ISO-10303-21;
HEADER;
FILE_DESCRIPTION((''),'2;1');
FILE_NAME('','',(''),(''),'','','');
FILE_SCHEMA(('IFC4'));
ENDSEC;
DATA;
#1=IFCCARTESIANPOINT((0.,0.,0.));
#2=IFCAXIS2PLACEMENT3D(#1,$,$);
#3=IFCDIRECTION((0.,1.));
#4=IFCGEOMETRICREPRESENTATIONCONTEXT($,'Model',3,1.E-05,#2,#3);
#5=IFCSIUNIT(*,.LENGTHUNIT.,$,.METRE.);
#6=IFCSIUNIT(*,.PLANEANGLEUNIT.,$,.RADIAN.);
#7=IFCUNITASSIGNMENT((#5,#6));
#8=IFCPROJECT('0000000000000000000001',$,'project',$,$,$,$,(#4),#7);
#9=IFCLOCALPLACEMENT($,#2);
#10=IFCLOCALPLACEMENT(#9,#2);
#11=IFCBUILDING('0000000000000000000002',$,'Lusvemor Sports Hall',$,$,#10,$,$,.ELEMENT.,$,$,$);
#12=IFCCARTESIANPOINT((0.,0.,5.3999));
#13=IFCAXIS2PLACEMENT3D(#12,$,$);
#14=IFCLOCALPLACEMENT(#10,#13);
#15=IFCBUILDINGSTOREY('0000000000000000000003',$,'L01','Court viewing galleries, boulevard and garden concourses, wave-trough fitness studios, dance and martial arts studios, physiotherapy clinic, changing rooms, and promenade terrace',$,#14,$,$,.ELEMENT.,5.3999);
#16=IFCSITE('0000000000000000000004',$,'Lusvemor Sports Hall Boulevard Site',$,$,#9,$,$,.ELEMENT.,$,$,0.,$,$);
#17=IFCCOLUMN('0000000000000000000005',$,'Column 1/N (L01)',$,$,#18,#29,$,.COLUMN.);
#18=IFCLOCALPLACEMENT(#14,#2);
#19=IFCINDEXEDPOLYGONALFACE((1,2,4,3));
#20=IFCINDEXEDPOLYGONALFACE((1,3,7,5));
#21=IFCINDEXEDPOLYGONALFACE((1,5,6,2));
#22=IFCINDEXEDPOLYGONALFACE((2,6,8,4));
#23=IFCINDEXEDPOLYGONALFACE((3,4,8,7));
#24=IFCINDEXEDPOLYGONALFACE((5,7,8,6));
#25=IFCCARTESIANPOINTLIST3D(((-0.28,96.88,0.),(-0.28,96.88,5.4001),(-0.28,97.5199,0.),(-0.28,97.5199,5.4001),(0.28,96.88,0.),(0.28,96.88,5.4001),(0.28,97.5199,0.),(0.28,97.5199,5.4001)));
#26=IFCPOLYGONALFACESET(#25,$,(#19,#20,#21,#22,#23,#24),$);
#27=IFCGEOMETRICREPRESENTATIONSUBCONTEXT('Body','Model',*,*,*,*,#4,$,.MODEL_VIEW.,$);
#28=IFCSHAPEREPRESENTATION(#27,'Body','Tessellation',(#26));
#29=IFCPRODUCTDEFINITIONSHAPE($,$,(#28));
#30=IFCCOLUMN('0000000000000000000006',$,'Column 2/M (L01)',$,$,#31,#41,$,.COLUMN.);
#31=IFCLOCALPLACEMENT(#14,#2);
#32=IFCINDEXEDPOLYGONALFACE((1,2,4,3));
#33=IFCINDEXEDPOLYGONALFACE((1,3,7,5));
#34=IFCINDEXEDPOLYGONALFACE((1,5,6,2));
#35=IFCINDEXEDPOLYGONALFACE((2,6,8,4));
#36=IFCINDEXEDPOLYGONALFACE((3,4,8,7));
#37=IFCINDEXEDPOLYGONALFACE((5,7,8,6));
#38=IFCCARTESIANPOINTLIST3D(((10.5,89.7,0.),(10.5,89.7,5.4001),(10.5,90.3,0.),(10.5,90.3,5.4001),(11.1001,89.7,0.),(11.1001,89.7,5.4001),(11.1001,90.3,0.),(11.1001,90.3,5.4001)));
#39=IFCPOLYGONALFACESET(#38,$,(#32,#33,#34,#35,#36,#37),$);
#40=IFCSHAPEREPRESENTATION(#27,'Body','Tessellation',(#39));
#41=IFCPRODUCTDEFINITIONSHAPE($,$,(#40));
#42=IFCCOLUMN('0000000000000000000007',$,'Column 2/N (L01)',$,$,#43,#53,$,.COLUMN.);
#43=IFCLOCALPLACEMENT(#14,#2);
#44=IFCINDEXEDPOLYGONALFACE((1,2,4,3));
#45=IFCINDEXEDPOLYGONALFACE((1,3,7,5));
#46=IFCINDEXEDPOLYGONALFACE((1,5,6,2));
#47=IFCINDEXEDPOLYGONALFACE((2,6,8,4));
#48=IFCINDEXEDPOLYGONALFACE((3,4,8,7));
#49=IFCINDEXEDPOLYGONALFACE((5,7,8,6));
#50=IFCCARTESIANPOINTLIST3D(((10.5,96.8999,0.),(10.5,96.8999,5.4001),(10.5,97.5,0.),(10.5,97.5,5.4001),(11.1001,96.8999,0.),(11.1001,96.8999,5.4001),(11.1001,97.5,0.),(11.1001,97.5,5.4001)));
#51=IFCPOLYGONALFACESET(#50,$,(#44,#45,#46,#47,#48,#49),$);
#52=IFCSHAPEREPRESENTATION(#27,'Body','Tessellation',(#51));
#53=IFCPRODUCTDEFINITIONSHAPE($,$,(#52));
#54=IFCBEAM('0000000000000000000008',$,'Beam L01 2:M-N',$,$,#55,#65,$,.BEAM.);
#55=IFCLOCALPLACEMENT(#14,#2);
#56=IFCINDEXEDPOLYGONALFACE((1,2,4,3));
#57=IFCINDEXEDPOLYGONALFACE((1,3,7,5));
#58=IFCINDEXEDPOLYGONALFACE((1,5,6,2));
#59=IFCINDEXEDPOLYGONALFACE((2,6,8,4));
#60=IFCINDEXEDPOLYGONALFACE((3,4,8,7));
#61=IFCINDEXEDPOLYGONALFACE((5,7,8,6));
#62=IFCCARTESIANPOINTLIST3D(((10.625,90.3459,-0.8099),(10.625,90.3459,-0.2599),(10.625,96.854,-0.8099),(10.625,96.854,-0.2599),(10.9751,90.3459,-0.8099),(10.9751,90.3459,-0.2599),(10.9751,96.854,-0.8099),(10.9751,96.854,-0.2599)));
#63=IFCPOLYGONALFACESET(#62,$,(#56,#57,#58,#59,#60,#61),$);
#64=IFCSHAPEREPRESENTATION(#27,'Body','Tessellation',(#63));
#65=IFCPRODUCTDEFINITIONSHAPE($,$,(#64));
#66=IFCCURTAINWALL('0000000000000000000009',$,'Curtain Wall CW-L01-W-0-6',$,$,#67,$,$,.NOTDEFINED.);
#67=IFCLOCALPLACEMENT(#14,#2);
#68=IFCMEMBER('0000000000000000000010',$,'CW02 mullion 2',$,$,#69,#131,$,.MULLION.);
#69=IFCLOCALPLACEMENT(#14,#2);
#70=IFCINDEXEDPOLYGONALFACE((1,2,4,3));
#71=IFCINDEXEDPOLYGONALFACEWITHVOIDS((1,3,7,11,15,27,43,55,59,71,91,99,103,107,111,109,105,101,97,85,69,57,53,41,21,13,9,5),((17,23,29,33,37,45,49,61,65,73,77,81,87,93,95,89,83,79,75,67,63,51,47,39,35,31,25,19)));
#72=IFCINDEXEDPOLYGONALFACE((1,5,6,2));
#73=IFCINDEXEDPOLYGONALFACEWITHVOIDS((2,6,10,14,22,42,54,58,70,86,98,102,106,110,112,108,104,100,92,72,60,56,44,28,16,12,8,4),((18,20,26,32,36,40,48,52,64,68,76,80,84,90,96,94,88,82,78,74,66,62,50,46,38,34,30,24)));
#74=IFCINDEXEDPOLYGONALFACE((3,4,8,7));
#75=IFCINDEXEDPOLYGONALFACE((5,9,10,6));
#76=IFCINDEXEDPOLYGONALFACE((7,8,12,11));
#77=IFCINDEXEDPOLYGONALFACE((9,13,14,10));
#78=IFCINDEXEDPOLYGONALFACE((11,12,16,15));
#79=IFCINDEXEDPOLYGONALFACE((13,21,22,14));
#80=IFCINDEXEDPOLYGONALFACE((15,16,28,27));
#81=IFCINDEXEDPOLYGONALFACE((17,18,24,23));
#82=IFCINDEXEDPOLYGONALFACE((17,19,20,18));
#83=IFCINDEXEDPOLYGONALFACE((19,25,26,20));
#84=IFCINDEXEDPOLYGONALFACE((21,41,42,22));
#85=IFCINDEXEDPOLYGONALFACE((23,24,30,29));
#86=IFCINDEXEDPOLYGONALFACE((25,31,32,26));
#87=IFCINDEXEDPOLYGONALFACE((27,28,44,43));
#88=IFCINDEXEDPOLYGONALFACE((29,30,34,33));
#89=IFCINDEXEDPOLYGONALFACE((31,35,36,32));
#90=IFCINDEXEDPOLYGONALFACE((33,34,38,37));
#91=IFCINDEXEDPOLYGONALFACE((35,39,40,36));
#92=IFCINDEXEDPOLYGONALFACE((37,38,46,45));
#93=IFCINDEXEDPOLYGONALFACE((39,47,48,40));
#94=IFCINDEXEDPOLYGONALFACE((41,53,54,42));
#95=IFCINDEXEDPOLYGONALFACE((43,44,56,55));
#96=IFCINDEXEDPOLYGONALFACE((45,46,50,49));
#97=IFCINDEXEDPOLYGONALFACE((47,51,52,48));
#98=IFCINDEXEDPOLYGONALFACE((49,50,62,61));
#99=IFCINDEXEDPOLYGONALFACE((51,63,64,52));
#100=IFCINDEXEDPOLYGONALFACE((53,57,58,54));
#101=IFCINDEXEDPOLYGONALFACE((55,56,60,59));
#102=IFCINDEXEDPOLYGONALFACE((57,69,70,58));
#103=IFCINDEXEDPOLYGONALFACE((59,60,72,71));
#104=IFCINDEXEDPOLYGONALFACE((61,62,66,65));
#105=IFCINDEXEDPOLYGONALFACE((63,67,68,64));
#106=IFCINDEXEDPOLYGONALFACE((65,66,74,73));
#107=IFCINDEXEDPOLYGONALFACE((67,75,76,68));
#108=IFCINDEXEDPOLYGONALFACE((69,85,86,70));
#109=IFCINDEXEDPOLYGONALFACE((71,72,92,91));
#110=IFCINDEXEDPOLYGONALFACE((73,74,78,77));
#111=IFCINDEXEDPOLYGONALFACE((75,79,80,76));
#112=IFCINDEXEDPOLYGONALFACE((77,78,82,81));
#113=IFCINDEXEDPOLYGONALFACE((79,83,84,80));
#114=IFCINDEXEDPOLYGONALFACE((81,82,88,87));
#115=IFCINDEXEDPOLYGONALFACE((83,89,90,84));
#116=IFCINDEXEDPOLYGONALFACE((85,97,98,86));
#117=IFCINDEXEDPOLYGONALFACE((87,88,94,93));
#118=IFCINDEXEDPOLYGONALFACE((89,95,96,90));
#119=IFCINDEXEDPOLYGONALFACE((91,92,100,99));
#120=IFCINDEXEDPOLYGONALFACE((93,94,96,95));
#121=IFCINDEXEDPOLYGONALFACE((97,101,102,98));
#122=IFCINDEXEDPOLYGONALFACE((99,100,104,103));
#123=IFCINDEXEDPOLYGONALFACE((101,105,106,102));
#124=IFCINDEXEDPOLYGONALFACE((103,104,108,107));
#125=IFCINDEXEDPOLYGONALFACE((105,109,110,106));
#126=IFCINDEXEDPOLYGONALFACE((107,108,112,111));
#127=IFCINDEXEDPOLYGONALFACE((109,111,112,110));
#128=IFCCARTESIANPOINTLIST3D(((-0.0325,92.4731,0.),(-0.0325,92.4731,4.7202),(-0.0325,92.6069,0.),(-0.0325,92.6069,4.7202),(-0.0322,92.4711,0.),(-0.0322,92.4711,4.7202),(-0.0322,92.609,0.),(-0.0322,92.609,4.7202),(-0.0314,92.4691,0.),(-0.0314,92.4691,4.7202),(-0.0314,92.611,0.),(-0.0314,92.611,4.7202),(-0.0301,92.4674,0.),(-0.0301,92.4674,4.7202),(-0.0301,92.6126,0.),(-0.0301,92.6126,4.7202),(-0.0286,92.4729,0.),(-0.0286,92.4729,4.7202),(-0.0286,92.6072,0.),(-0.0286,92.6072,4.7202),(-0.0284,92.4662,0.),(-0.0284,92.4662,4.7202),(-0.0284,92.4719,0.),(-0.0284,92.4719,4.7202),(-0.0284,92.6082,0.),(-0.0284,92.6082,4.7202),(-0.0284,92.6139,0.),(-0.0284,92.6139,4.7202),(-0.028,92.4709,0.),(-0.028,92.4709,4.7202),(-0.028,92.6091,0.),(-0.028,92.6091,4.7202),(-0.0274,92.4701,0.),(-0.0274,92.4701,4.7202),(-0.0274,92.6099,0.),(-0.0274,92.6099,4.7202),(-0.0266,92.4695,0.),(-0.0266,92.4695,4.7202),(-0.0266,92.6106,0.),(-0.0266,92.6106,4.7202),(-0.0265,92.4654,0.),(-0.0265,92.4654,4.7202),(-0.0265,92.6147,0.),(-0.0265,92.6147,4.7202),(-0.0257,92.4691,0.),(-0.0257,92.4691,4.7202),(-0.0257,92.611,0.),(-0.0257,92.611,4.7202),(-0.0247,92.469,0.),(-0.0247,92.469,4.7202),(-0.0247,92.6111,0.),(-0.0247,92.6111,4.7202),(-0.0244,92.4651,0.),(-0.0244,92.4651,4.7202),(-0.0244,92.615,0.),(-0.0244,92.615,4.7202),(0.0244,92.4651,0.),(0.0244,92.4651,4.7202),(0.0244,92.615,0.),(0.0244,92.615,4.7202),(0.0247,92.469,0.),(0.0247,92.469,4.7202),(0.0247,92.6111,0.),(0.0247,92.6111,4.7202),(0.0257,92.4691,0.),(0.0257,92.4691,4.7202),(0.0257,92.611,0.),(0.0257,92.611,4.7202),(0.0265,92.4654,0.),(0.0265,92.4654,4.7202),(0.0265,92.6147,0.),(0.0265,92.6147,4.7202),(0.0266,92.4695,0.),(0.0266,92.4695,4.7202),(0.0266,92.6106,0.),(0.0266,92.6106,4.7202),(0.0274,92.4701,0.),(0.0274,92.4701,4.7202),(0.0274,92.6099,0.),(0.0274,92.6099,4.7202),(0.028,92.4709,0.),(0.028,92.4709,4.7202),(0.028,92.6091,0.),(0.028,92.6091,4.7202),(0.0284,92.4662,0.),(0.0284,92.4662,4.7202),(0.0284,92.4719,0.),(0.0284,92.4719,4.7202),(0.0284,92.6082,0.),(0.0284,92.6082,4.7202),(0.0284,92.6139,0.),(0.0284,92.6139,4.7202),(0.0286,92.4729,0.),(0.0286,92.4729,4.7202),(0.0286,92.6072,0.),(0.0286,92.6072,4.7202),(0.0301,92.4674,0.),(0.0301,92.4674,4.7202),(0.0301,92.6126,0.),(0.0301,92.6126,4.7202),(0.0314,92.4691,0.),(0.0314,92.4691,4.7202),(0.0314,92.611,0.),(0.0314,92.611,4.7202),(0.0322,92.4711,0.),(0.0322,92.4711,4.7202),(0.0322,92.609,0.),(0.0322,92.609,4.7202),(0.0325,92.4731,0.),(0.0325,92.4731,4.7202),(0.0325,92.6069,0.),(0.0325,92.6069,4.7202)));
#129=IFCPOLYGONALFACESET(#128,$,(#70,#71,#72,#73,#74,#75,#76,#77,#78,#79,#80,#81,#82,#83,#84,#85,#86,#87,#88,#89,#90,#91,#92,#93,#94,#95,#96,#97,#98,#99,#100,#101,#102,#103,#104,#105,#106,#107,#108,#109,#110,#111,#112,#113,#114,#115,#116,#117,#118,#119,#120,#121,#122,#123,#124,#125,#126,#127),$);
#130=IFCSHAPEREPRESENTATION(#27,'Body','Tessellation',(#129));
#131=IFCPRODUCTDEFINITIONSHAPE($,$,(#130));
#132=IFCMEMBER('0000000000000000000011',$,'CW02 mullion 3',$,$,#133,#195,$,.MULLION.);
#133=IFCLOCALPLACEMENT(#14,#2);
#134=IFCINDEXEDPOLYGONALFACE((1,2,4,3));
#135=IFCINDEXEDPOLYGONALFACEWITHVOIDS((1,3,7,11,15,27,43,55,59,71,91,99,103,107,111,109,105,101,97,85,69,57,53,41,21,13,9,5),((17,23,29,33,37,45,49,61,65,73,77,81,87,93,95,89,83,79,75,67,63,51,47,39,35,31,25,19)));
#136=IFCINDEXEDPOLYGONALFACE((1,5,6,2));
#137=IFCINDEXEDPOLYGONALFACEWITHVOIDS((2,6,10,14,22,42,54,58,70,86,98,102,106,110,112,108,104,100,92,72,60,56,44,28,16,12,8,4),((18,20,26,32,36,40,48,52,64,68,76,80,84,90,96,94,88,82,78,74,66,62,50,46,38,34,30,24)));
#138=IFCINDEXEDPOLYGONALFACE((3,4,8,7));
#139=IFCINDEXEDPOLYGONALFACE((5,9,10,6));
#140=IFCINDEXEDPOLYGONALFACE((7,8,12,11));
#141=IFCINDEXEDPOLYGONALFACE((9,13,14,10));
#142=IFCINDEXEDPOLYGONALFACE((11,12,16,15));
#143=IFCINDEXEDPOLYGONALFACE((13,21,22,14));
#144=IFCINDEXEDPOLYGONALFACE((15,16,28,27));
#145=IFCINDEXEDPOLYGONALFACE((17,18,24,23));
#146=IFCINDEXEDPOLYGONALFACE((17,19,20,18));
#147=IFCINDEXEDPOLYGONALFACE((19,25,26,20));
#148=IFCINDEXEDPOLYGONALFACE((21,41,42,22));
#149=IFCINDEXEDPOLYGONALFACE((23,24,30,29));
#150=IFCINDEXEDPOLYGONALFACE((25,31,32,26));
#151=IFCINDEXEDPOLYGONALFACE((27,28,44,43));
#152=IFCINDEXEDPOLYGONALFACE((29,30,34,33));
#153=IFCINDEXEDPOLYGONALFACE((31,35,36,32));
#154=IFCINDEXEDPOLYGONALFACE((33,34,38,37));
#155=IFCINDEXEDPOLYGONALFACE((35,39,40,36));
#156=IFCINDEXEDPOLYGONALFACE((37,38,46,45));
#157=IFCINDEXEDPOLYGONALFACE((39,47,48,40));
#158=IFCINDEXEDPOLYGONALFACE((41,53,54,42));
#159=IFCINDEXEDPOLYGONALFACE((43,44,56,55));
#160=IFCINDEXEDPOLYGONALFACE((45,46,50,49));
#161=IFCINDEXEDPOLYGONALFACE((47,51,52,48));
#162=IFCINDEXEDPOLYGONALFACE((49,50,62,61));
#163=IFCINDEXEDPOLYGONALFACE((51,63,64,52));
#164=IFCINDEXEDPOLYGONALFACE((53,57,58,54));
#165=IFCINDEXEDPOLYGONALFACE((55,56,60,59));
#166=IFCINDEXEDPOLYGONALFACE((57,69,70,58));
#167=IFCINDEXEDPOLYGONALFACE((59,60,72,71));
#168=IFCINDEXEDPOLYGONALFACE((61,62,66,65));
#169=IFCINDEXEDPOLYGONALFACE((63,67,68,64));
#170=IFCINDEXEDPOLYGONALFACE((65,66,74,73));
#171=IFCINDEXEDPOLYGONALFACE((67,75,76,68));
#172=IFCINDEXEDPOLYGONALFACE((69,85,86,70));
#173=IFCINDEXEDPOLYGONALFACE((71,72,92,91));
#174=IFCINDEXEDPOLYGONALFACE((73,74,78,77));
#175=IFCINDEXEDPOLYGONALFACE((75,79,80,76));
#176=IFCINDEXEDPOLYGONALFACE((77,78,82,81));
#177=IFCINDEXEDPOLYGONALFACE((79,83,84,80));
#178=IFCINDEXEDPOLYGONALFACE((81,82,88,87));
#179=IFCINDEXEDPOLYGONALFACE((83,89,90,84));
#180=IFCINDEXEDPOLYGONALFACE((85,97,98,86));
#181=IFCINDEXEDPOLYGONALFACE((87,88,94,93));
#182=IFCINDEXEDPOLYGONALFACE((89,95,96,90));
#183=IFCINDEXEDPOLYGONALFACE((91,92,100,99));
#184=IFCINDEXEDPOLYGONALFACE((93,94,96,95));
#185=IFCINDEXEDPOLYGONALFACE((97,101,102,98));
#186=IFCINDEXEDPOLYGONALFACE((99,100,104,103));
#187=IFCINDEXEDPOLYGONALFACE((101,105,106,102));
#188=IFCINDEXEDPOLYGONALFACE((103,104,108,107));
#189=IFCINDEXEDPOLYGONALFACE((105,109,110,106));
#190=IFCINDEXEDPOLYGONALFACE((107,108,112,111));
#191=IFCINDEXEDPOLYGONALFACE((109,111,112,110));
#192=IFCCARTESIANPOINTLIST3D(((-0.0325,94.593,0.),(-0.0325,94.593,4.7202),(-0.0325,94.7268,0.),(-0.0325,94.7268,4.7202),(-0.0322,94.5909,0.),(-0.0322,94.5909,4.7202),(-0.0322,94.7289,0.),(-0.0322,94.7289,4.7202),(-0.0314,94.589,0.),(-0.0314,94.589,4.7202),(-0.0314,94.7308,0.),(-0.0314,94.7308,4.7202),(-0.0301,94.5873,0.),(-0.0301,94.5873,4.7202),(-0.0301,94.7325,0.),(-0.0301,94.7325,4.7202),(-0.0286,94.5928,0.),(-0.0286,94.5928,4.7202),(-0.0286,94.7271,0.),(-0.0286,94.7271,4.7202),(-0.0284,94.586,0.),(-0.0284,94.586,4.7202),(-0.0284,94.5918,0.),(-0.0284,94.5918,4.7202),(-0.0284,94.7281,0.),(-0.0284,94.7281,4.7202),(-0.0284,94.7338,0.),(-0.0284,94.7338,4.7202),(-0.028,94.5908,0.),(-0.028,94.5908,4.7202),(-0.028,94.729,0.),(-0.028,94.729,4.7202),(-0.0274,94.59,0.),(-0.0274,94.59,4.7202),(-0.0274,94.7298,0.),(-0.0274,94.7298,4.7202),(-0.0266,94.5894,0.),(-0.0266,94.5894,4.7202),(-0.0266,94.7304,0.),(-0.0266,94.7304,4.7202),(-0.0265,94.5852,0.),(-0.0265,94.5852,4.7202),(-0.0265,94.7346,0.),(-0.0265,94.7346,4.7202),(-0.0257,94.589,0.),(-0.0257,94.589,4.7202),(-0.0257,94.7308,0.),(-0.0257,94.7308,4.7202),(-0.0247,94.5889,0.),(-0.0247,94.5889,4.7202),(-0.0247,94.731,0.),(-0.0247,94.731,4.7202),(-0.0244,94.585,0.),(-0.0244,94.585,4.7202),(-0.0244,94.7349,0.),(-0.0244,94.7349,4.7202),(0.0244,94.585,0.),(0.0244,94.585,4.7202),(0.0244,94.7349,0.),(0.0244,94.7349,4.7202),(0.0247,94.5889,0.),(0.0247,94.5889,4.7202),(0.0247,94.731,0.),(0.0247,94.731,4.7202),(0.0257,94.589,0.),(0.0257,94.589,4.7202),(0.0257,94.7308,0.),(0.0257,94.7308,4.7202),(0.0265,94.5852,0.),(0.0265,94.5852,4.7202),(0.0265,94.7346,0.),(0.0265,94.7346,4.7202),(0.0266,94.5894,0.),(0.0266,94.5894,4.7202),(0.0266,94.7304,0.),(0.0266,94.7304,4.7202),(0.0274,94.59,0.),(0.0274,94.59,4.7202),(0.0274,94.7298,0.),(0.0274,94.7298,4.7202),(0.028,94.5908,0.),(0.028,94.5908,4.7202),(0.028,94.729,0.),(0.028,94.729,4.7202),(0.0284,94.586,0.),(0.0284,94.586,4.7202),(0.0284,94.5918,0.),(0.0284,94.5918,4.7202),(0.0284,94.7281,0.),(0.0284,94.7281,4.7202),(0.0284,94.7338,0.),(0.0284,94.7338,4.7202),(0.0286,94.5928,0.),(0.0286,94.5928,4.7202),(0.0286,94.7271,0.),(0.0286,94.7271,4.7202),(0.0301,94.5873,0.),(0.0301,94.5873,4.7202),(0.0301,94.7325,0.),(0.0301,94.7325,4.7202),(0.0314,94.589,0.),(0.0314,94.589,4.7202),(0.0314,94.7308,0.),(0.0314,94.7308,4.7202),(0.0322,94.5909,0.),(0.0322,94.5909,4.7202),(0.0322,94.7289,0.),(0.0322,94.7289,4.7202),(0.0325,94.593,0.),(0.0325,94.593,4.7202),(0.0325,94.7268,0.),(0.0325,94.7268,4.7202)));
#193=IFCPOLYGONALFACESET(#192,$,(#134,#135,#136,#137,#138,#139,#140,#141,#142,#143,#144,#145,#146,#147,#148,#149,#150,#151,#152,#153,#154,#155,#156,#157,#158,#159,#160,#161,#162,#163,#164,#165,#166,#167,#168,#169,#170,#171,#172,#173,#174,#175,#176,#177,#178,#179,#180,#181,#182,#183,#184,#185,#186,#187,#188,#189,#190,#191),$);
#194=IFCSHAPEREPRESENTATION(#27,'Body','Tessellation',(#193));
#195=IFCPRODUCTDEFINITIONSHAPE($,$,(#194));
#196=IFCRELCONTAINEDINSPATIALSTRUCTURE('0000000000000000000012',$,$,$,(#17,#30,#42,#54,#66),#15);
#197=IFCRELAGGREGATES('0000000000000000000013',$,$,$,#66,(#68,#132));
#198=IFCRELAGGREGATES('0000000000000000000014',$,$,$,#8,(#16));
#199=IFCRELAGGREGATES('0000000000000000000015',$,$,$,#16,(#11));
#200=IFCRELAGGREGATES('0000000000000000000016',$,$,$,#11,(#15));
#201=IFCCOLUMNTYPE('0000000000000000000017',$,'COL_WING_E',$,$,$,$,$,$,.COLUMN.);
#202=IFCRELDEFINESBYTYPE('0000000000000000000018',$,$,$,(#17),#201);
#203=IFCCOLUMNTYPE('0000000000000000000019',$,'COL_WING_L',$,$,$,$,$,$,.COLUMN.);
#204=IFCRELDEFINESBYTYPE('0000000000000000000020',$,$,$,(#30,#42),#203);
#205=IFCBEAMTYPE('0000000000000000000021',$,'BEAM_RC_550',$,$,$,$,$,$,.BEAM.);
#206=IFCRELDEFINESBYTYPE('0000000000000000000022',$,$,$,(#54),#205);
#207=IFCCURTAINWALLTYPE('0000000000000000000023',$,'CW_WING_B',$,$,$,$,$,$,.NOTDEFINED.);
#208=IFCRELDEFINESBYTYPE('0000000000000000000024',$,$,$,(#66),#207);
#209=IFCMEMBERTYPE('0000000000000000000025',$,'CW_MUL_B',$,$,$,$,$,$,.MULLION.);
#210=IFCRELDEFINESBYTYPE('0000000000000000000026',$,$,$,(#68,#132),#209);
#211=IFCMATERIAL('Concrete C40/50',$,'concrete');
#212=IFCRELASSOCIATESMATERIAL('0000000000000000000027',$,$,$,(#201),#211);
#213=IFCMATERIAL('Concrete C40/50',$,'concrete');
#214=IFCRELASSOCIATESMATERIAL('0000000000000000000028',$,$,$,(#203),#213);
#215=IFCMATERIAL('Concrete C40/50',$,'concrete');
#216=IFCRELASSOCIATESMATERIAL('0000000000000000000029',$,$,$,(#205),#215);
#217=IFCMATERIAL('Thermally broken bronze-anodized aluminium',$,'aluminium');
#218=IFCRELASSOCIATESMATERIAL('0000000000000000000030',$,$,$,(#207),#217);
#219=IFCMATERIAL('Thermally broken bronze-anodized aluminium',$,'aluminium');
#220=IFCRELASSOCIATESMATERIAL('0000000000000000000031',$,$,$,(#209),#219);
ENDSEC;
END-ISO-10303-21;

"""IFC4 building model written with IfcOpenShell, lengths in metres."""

from ifc_helpers import new_model, si_unit, direction, frame, origin, origin_2d, place, context, subcontext, project, spatial, rectangle, hollow_rectangle, extrude, material, material_profile, profile_set, type_object, element, aggregate, save


model = new_model("IFC4")

# Units and contexts
model_context = context("Model", 3, precision=1e-05, world=origin(), true_north=direction((0.0, 1.0)))
body_context = subcontext(model_context, "Body", "Model", "MODEL_VIEW")
ifc_project = project(units=[si_unit("LENGTHUNIT", "METRE"), si_unit("PLANEANGLEUNIT", "RADIAN")], contexts=[model_context])

# Site, building, storey
site_placement = place(None, origin())
site = spatial("IfcSite", under=ifc_project, at=site_placement, Name="Lusvemor Sports Hall Boulevard Site", CompositionType="ELEMENT", RefElevation=0.0)
building_placement = place(site_placement, origin())
building = spatial("IfcBuilding", under=site, at=building_placement, Name="Lusvemor Sports Hall", CompositionType="ELEMENT")
storey_placement = place(building_placement, frame((0.0, 0.0, 5.3999)))
storey = spatial("IfcBuildingStorey", under=building, at=storey_placement, Name="L01", Description="Court viewing galleries, boulevard and garden concourses, wave-trough fitness studios, dance and martial arts studios, physiotherapy clinic, changing rooms, and promenade terrace", CompositionType="ELEMENT", Elevation=5.3999)

# Columns
ifc_material_1 = material(Name="Concrete C40/50", Category="concrete")
ifc_material_profile_1 = material_profile(ifc_material_1, rectangle(XDim=0.5601, YDim=0.6399, at=origin_2d()), Name="RC560x640")
ifc_profile_set_1 = profile_set([ifc_material_profile_1], Name="Concrete C40/50")
column_type_1 = type_object("IfcColumnType", Name="COL_WING_E", PredefinedType="COLUMN", material=ifc_profile_set_1)
column_placement = place(storey_placement, frame((0.0, 97.2, 0.0), z_axis=(0.0, 0.0, 1.0), x_axis=(1.0, 0.0, 0.0)))
element("IfcColumn", 1, at=column_placement, inside=storey, type_object=column_type_1, Name="Column 1/N (L01)", PredefinedType="COLUMN", context=body_context, shape_type="SweptSolid", body=[
    extrude(rectangle(XDim=0.5601, YDim=0.6399, at=origin_2d()), origin(), (0.0, 0.0, 1.0), 5.4001),
])
ifc_material_2 = material(Name="Concrete C40/50", Category="concrete")
ifc_material_profile_2 = material_profile(ifc_material_2, rectangle(XDim=0.6001, YDim=0.6001, at=origin_2d()), Name="RC600x600")
ifc_profile_set_2 = profile_set([ifc_material_profile_2], Name="Concrete C40/50")
column_type_2 = type_object("IfcColumnType", Name="COL_WING_L", PredefinedType="COLUMN", material=ifc_profile_set_2)
for number, where, z_axis, x_axis, name in (
    (2, (10.8, 90.0, 0.0), (0.0, 0.0, 1.0), (1.0, 0.0, 0.0), "Column 2/M (L01)"),
    (3, (10.8, 97.2, 0.0), (0.0, 0.0, 1.0), (1.0, 0.0, 0.0), "Column 2/N (L01)"),
):
    element("IfcColumn", number, at=place(storey_placement, frame(where, z_axis=z_axis, x_axis=x_axis)), inside=storey, type_object=column_type_2, Name=name, PredefinedType="COLUMN", context=body_context, shape_type="SweptSolid", body=[
        extrude(rectangle(XDim=0.6001, YDim=0.6001, at=origin_2d()), origin(), (0.0, 0.0, 1.0), 5.4001),
    ])

# Beam
ifc_material_3 = material(Name="Concrete C40/50", Category="concrete")
ifc_material_profile_3 = material_profile(ifc_material_3, rectangle(XDim=0.3501, YDim=0.55, at=origin_2d()), Name="RC350x550")
ifc_profile_set_3 = profile_set([ifc_material_profile_3], Name="Concrete C40/50")
beam_type_1 = type_object("IfcBeamType", Name="BEAM_RC_550", PredefinedType="BEAM", material=ifc_profile_set_3)
beam_1_placement = place(storey_placement, frame((10.8, 90.3459, -0.5349), z_axis=(0.0, 1.0, 0.0), x_axis=(-1.0, 0.0, 0.0)))
element("IfcBeam", 4, at=beam_1_placement, inside=storey, type_object=beam_type_1, Name="Beam L01 2:M-N", PredefinedType="BEAM", context=body_context, shape_type="SweptSolid", body=[
    extrude(rectangle(XDim=0.3501, YDim=0.55, at=origin_2d()), origin(), (0.0, 0.0, 1.0), 6.5081),
])

# Curtain wall, members
ifc_material_4 = material(Name="Thermally broken bronze-anodized aluminium", Category="aluminium")
curtain_wall_type = type_object("IfcCurtainWallType", Name="CW_WING_B", PredefinedType="NOTDEFINED", material=ifc_material_4)
curtain_wall_placement = place(storey_placement, origin())
curtain_wall = element("IfcCurtainWall", 5, at=curtain_wall_placement, inside=storey, type_object=curtain_wall_type, Name="Curtain Wall CW-L01-W-0-6", PredefinedType="NOTDEFINED")
ifc_material_5 = material(Name="Thermally broken bronze-anodized aluminium", Category="aluminium")
ifc_material_profile_4 = material_profile(ifc_material_5, hollow_rectangle(XDim=0.0649, YDim=0.1499, WallThickness=0.0039, InnerFilletRadius=0.0039, OuterFilletRadius=0.0081, at=origin_2d()), Name="CWMUL150x65x4")
ifc_profile_set_4 = profile_set([ifc_material_profile_4], Name="Thermally broken bronze-anodized aluminium")
member_type_1 = type_object("IfcMemberType", Name="CW_MUL_B", PredefinedType="MULLION", material=ifc_profile_set_4)
member_1_placement = place(storey_placement, frame((0.0, 92.54, 0.0), z_axis=(0.0, 0.0, 1.0), x_axis=(-1.0, 0.0, 0.0)))
member_1 = element("IfcMember", 6, at=member_1_placement, type_object=member_type_1, Name="CW02 mullion 2", PredefinedType="MULLION", context=body_context, shape_type="SweptSolid", body=[
    extrude(hollow_rectangle(XDim=0.0649, YDim=0.1499, WallThickness=0.0039, InnerFilletRadius=0.0039, OuterFilletRadius=0.0081, at=origin_2d()), origin(), (0.0, 0.0, 1.0), 4.7202),
])
member_2_placement = place(storey_placement, frame((0.0, 94.6599, 0.0), z_axis=(0.0, 0.0, 1.0), x_axis=(-1.0, 0.0, 0.0)))
member_2 = element("IfcMember", 7, at=member_2_placement, type_object=member_type_1, Name="CW02 mullion 3", PredefinedType="MULLION", context=body_context, shape_type="SweptSolid", body=[
    extrude(hollow_rectangle(XDim=0.0649, YDim=0.1499, WallThickness=0.0039, InnerFilletRadius=0.0039, OuterFilletRadius=0.0081, at=origin_2d()), origin(), (0.0, 0.0, 1.0), 4.7202),
])

aggregate(curtain_wall, [member_1, member_2])

save(model, "model.ifc")
